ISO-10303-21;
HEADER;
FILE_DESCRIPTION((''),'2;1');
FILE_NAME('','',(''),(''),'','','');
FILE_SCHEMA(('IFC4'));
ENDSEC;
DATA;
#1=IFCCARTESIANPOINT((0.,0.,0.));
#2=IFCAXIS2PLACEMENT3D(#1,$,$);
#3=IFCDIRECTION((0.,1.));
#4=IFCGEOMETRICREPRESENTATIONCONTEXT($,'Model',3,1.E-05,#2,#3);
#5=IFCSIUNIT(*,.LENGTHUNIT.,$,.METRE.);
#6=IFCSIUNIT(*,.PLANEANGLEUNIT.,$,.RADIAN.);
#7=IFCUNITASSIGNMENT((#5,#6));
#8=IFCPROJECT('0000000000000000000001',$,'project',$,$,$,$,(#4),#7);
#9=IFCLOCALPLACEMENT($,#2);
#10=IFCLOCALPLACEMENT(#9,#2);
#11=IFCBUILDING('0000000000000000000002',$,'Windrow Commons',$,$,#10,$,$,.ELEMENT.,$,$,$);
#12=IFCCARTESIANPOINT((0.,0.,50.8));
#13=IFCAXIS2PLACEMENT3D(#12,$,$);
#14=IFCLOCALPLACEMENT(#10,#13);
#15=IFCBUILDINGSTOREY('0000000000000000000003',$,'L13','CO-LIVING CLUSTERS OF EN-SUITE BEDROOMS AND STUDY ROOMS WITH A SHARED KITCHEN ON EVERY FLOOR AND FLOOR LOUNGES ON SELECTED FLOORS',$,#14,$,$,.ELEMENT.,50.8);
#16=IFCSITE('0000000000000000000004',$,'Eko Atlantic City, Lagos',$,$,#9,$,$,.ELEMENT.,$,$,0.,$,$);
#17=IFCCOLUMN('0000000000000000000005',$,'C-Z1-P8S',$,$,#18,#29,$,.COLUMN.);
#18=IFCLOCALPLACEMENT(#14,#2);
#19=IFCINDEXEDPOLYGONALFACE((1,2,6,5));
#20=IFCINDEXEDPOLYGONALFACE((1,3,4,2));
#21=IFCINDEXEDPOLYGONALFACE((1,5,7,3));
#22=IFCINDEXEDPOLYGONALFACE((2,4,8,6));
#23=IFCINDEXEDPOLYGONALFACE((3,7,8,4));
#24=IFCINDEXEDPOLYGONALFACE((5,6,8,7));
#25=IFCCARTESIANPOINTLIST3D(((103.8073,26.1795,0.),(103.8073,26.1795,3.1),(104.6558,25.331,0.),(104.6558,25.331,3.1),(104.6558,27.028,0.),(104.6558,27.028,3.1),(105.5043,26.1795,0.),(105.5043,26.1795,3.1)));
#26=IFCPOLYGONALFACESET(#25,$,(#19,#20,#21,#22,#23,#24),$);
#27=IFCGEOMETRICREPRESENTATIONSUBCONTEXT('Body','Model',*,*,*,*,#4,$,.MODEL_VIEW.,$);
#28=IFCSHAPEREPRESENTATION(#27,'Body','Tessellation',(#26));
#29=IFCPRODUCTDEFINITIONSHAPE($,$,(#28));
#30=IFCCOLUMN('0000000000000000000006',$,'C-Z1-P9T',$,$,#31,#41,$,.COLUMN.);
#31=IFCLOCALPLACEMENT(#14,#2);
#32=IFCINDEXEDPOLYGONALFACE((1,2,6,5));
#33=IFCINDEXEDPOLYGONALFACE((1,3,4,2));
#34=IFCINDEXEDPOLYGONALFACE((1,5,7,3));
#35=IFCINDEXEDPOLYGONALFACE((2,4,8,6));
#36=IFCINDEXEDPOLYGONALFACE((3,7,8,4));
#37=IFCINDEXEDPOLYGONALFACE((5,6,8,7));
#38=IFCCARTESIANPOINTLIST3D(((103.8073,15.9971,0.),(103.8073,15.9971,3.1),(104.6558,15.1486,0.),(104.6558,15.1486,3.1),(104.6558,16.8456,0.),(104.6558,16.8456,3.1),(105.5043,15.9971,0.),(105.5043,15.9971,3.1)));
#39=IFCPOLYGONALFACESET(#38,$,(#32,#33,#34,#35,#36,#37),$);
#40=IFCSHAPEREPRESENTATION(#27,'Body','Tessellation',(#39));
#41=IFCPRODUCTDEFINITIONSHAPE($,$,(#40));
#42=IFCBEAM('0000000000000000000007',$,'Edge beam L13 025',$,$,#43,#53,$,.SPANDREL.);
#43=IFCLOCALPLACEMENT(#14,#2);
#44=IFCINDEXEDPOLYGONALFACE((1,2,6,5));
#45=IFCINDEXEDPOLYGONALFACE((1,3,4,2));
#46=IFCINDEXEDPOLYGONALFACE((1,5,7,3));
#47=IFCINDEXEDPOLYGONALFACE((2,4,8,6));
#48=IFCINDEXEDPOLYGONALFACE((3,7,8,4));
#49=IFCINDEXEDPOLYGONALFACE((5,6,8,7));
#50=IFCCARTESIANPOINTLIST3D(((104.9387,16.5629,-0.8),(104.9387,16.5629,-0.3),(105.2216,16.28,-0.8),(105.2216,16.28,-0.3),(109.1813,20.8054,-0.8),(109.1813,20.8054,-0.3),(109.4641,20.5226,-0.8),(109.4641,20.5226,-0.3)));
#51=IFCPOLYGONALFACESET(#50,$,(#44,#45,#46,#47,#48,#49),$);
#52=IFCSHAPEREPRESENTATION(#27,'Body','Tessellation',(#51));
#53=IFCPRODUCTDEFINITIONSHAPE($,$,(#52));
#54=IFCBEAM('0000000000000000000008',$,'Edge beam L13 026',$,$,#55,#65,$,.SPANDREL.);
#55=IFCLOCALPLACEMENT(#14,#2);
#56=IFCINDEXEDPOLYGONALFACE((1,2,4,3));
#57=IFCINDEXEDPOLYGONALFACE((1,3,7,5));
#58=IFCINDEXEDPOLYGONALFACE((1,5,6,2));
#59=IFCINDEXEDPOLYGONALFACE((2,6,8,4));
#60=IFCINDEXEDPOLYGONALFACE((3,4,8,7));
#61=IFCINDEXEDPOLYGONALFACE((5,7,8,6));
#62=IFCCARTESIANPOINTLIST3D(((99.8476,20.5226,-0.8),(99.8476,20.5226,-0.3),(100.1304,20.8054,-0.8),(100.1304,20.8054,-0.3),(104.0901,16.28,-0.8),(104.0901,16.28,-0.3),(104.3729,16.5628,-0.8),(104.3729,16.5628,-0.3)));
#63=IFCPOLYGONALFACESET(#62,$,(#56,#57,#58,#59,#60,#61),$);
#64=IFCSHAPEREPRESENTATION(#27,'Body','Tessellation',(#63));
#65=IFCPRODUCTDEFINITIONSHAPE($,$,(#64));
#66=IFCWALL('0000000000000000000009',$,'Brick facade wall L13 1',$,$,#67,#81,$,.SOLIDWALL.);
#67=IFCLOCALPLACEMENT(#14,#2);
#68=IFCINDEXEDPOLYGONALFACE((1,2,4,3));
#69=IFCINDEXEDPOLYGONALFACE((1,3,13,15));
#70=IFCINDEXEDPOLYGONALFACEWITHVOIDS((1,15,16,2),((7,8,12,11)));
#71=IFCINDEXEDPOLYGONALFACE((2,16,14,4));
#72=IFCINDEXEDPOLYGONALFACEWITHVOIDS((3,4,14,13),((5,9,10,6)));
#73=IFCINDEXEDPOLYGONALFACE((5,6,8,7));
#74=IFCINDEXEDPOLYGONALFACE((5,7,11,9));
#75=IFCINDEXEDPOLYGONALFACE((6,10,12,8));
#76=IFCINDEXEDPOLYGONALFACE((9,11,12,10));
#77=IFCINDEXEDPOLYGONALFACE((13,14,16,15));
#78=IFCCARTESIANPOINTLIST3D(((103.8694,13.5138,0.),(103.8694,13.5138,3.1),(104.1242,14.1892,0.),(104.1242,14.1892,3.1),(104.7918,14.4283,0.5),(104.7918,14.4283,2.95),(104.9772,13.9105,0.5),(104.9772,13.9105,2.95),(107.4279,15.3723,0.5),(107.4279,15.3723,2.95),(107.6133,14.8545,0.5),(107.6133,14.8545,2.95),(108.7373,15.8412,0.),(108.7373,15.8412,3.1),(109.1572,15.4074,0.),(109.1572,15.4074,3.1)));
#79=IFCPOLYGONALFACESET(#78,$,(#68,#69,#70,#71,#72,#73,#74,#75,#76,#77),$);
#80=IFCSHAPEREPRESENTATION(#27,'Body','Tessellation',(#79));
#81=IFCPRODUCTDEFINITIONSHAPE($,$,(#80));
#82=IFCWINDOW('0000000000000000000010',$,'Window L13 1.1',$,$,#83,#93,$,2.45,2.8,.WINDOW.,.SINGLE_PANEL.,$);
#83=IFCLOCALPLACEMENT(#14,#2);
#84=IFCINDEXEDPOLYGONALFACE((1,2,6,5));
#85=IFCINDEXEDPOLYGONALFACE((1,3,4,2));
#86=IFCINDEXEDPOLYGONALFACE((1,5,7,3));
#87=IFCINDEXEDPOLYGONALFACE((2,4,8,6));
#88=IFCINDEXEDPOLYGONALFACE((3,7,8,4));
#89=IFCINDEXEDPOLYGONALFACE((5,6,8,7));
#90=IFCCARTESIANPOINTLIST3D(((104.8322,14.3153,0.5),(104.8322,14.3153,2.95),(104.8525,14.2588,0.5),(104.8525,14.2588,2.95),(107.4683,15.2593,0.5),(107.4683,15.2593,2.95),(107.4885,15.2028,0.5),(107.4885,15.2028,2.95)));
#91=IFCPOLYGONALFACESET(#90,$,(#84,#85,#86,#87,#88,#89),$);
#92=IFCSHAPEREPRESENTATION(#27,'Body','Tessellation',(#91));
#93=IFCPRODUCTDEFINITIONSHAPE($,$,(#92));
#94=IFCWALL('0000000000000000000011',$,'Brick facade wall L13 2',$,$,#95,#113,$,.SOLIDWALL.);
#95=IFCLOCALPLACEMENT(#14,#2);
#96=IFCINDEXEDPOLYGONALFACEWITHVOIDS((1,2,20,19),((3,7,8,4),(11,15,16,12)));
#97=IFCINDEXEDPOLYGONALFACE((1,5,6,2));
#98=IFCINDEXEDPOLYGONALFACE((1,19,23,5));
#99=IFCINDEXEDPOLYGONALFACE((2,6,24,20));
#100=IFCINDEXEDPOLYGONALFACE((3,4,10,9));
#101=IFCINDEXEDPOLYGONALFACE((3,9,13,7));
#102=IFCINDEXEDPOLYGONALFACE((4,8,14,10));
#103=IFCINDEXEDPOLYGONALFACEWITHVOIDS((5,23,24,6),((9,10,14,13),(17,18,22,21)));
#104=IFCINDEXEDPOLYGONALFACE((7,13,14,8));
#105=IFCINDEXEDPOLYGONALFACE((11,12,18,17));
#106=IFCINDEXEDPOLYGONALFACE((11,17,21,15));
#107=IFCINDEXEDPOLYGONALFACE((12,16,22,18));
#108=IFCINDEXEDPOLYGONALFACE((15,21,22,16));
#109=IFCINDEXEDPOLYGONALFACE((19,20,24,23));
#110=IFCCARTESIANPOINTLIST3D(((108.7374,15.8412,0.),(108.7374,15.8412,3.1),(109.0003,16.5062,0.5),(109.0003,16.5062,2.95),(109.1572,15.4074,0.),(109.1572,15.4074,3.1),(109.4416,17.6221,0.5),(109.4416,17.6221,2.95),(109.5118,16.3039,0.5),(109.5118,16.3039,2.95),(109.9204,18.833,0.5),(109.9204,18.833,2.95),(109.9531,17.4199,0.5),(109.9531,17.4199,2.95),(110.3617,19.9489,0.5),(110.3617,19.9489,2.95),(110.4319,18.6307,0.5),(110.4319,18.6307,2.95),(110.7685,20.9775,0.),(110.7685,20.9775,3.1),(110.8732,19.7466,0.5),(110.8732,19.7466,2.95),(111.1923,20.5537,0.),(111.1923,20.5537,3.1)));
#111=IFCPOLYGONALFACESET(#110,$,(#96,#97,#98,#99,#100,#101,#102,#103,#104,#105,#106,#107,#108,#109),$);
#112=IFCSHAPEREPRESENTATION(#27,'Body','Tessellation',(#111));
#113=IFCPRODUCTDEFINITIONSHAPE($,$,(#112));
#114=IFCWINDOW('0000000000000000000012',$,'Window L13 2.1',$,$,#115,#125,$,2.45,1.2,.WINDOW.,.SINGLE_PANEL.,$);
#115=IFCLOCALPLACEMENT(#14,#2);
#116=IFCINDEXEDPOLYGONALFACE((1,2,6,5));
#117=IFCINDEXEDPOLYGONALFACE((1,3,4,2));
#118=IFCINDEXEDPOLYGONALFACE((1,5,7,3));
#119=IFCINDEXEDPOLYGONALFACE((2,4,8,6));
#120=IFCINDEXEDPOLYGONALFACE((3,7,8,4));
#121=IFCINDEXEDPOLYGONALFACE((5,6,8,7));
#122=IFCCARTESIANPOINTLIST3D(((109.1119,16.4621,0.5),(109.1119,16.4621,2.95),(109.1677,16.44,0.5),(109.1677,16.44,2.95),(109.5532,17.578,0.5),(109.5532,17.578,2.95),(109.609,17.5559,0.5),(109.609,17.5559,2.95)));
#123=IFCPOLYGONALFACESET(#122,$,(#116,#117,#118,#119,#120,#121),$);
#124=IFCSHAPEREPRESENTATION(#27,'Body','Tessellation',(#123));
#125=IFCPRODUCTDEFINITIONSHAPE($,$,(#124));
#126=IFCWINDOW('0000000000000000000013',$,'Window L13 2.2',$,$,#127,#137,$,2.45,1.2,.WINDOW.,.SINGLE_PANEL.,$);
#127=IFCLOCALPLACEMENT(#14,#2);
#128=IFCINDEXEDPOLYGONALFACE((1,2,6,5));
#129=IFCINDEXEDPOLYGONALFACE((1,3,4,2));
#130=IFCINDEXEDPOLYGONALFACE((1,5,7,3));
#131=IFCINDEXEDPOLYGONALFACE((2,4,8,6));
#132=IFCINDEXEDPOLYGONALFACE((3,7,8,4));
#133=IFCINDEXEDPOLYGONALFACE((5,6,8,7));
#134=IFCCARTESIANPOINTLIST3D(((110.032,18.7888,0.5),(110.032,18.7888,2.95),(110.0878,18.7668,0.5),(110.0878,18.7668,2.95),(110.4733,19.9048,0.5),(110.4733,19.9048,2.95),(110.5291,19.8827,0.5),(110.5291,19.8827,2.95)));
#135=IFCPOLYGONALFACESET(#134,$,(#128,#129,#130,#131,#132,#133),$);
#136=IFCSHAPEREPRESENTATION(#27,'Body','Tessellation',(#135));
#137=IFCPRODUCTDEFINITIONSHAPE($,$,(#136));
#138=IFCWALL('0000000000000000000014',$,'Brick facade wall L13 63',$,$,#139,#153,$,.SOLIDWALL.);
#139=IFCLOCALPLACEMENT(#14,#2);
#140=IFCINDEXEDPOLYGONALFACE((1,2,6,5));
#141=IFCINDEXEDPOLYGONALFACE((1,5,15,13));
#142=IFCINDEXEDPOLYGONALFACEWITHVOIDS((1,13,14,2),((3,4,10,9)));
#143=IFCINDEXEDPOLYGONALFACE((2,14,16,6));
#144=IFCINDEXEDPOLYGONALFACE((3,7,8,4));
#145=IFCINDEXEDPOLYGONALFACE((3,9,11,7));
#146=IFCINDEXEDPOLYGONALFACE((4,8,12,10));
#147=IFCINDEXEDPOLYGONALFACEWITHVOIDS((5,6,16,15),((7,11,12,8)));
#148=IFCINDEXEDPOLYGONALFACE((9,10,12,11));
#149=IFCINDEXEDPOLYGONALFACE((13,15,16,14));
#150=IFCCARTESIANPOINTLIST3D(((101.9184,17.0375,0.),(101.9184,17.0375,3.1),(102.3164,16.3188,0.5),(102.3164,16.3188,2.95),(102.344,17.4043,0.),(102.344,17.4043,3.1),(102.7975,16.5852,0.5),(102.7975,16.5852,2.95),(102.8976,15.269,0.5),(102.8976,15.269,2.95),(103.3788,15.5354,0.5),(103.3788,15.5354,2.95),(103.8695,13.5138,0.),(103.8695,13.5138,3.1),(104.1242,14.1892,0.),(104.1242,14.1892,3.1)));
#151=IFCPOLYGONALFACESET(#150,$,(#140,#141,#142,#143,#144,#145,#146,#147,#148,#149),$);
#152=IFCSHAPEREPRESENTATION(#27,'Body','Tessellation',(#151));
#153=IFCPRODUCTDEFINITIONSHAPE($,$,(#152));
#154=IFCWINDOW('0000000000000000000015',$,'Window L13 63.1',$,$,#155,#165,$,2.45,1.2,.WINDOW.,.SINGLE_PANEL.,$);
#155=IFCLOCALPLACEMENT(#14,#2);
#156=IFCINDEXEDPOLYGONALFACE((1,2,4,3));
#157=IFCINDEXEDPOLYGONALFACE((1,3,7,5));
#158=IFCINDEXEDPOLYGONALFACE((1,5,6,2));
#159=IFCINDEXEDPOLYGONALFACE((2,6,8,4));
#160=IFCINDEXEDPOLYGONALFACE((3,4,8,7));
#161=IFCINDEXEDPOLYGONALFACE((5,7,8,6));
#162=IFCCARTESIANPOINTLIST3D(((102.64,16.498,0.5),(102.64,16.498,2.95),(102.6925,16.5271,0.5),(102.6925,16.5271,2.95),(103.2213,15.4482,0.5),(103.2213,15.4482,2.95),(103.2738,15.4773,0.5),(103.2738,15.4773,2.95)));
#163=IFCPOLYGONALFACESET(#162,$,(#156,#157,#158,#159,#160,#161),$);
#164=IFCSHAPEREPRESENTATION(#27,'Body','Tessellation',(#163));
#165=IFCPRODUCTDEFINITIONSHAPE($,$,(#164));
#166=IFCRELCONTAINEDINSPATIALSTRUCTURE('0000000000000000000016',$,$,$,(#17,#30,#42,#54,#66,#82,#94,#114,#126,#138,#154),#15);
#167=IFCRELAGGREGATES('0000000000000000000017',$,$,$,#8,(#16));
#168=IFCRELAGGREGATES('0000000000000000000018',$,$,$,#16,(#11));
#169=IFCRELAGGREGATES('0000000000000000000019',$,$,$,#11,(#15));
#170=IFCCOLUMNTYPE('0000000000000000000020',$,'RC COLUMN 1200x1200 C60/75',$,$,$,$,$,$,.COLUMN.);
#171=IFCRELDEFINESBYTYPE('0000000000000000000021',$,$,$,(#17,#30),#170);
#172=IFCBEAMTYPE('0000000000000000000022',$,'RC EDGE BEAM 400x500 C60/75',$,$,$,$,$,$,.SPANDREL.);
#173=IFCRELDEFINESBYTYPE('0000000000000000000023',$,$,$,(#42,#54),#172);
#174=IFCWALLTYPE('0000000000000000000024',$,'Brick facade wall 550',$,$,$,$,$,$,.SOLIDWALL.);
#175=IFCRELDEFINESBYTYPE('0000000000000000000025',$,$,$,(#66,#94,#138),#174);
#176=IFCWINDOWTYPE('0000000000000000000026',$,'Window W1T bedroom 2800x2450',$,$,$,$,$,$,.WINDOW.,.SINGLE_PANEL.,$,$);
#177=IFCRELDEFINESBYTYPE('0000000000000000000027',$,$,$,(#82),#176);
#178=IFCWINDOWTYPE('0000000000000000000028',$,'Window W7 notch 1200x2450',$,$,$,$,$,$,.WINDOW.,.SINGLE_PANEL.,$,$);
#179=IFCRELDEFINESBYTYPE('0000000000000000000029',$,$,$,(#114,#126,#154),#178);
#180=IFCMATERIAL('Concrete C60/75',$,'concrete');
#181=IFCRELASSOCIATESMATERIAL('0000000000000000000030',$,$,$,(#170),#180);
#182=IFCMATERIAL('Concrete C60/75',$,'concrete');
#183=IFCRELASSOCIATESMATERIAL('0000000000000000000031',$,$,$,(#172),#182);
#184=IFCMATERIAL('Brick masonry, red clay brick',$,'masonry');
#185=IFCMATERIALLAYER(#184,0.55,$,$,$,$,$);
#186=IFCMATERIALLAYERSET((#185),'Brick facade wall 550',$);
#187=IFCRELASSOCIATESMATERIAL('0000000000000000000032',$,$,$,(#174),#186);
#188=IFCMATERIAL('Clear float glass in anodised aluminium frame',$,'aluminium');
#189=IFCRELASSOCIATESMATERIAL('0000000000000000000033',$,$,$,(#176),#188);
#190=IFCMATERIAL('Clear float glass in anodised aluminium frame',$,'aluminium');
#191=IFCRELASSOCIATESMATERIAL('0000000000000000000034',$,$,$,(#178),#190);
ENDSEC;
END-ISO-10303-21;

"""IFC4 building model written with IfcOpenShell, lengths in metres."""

from ifc_helpers import new_model, si_unit, direction, frame, frame_2d, origin, origin_2d, place, context, subcontext, project, spatial, polyline, rectangle, outline, extrude, material, layer, layer_set, material_profile, profile_set, type_object, element, fill, save


model = new_model("IFC4")

# Units and contexts
model_context = context("Model", 3, precision=1e-05, world=origin(), true_north=direction((0.0, 1.0)))
body_context = subcontext(model_context, "Body", "Model", "MODEL_VIEW")
ifc_project = project(units=[si_unit("LENGTHUNIT", "METRE"), si_unit("PLANEANGLEUNIT", "RADIAN")], contexts=[model_context])

# Site, building, storey
site_placement = place(None, origin())
site = spatial("IfcSite", under=ifc_project, at=site_placement, Name="Eko Atlantic City, Lagos", CompositionType="ELEMENT", RefElevation=0.0)
building_placement = place(site_placement, origin())
building = spatial("IfcBuilding", under=site, at=building_placement, Name="Windrow Commons", CompositionType="ELEMENT")
storey_placement = place(building_placement, frame((0.0, 0.0, 50.8)))
storey = spatial("IfcBuildingStorey", under=building, at=storey_placement, Name="L13", Description="CO-LIVING CLUSTERS OF EN-SUITE BEDROOMS AND STUDY ROOMS WITH A SHARED KITCHEN ON EVERY FLOOR AND FLOOR LOUNGES ON SELECTED FLOORS", CompositionType="ELEMENT", Elevation=50.8)

# Columns
ifc_material_1 = material(Name="Concrete C60/75", Category="concrete")
ifc_material_profile_1 = material_profile(ifc_material_1, rectangle(XDim=1.2, YDim=1.2, at=origin_2d()))
ifc_profile_set_1 = profile_set([ifc_material_profile_1], Name="Concrete C60/75")
column_type = type_object("IfcColumnType", Name="RC COLUMN 1200x1200 C60/75", PredefinedType="COLUMN", material=ifc_profile_set_1)
for number, where, z_axis, x_axis, name in (
    (1, (104.6558, 26.1795, 0.0), (0.0, 0.0, 1.0), (0.707107, -0.707107, 0.0), "C-Z1-P8S"),
    (2, (104.6558, 15.9971, 0.0), (0.0, 0.0, 1.0), (0.707107, -0.707107, 0.0), "C-Z1-P9T"),
):
    element("IfcColumn", number, at=place(storey_placement, frame(where, z_axis=z_axis, x_axis=x_axis)), inside=storey, type_object=column_type, Name=name, PredefinedType="COLUMN", context=body_context, shape_type="SweptSolid", body=[
        extrude(rectangle(XDim=1.2, YDim=1.2, at=origin_2d()), origin(), (0.0, 0.0, 1.0), 3.1),
    ])

# Beams
ifc_material_2 = material(Name="Concrete C60/75", Category="concrete")
ifc_material_profile_2 = material_profile(ifc_material_2, rectangle(XDim=0.4, YDim=0.5, at=origin_2d()))
ifc_profile_set_2 = profile_set([ifc_material_profile_2], Name="Concrete C60/75")
beam_type = type_object("IfcBeamType", Name="RC EDGE BEAM 400x500 C60/75", PredefinedType="SPANDREL", material=ifc_profile_set_2)
for number, where, z_axis, x_axis, name in (
    (3, (109.3227, 20.664, -0.55), (-0.707107, -0.707107, 0.0), (0.707107, -0.707107, 0.0), "Edge beam L13 025"),
    (4, (104.2315, 16.4214, -0.55), (-0.707098, 0.707115, 0.0), (-0.707115, -0.707098, 0.0), "Edge beam L13 026"),
):
    element("IfcBeam", number, at=place(storey_placement, frame(where, z_axis=z_axis, x_axis=x_axis)), inside=storey, type_object=beam_type, Name=name, PredefinedType="SPANDREL", context=body_context, shape_type="SweptSolid", body=[
        extrude(rectangle(XDim=0.4, YDim=0.5, at=origin_2d()), origin(), (0.0, 0.0, 1.0), 5.9999),
    ])

# Wall, opening, window
ifc_material_3 = material(Name="Brick masonry, red clay brick", Category="masonry")
ifc_layer_1 = layer(ifc_material_3, 0.55)
ifc_layer_set_1 = layer_set([ifc_layer_1], Name="Brick facade wall 550")
wall_type_1 = type_object("IfcWallType", Name="Brick facade wall 550", PredefinedType="SOLIDWALL", material=ifc_layer_set_1)
wall_1_placement = place(storey_placement, frame((103.9968, 13.8515, 0.0), z_axis=(0.0, 0.0, 1.0), x_axis=(0.941455, 0.33714, 0.0)))
wall_1 = element("IfcWall", 5, at=wall_1_placement, inside=storey, type_object=wall_type_1, Name="Brick facade wall L13 1", PredefinedType="SOLIDWALL", context=body_context, shape_type="SweptSolid", body=[
    extrude(outline(polyline([(-0.2338, -0.275), (5.3828, -0.275), (5.1338, 0.275), (0.2338, 0.275), (-0.2338, -0.275)])), origin(), (0.0, 0.0, 1.0), 3.1),
])
opening_1_placement = place(wall_1_placement, frame((0.9429, 0.0, 0.5)))
opening_1 = element("IfcOpeningElement", 6, at=opening_1_placement, cuts=wall_1, PredefinedType="OPENING", context=body_context, shape_type="SweptSolid", body=[
    extrude(rectangle(XDim=2.8, YDim=2.45, at=frame_2d((1.4, 1.225))), frame((0.0, 0.285, 0.0), z_axis=(0.0, -1.0, 0.0), x_axis=(1.0, 0.0, 0.0)), (0.0, 0.0, 1.0), 0.57),
])
ifc_material_4 = material(Name="Clear float glass in anodised aluminium frame", Category="aluminium")
window_type_1 = type_object("IfcWindowType", Name="Window W1T bedroom 2800x2450", PartitioningType="SINGLE_PANEL", PredefinedType="WINDOW", material=ifc_material_4)
window_1_placement = place(opening_1_placement, origin())
window_1 = element("IfcWindow", 7, at=window_1_placement, inside=storey, type_object=window_type_1, Name="Window L13 1.1", OverallHeight=2.45, OverallWidth=2.8, PartitioningType="SINGLE_PANEL", PredefinedType="WINDOW", context=body_context, shape_type="SweptSolid", body=[
    extrude(rectangle(XDim=2.8, YDim=2.45, at=frame_2d((1.4, 1.225))), frame((0.0, 0.155, 0.0), z_axis=(0.0, -1.0, 0.0), x_axis=(1.0, 0.0, 0.0)), (0.0, 0.0, 1.0), 0.06),
])
fill(opening_1, window_1)

# Wall, openings, windows
wall_2_placement = place(storey_placement, frame((108.9473, 15.6243, 0.0), z_axis=(0.0, 0.0, 1.0), x_axis=(0.367736, 0.92993, 0.0)))
wall_2 = element("IfcWall", 8, at=wall_2_placement, inside=storey, type_object=wall_type_1, Name="Brick facade wall L13 2", PredefinedType="SOLIDWALL", context=body_context, shape_type="SweptSolid", body=[
    extrude(outline(polyline([(-0.1245, -0.275), (5.4096, -0.275), (5.6478, 0.275), (0.1245, 0.275), (-0.1245, -0.275)])), origin(), (0.0, 0.0, 1.0), 3.1),
])
opening_2_placement = place(wall_2_placement, frame((0.8396, 0.0, 0.5)))
opening_2 = element("IfcOpeningElement", 9, at=opening_2_placement, cuts=wall_2, PredefinedType="OPENING", context=body_context, shape_type="SweptSolid", body=[
    extrude(rectangle(XDim=1.2, YDim=2.45, at=frame_2d((0.6, 1.225))), frame((0.0, 0.285, 0.0), z_axis=(0.0, -1.0, 0.0), x_axis=(1.0, 0.0, 0.0)), (0.0, 0.0, 1.0), 0.57),
])
opening_3_placement = place(wall_2_placement, frame((3.3417, 0.0, 0.5)))
opening_3 = element("IfcOpeningElement", 10, at=opening_3_placement, cuts=wall_2, PredefinedType="OPENING", context=body_context, shape_type="SweptSolid", body=[
    extrude(rectangle(XDim=1.2, YDim=2.45, at=frame_2d((0.6, 1.225))), frame((0.0, 0.285, 0.0), z_axis=(0.0, -1.0, 0.0), x_axis=(1.0, 0.0, 0.0)), (0.0, 0.0, 1.0), 0.57),
])
ifc_material_5 = material(Name="Clear float glass in anodised aluminium frame", Category="aluminium")
window_type_2 = type_object("IfcWindowType", Name="Window W7 notch 1200x2450", PartitioningType="SINGLE_PANEL", PredefinedType="WINDOW", material=ifc_material_5)
window_2_placement = place(opening_2_placement, origin())
window_2 = element("IfcWindow", 11, at=window_2_placement, inside=storey, type_object=window_type_2, Name="Window L13 2.1", OverallHeight=2.45, OverallWidth=1.2, PartitioningType="SINGLE_PANEL", PredefinedType="WINDOW", context=body_context, shape_type="SweptSolid", body=[
    extrude(rectangle(XDim=1.2, YDim=2.45, at=frame_2d((0.6, 1.225))), frame((0.0, 0.155, 0.0), z_axis=(0.0, -1.0, 0.0), x_axis=(1.0, 0.0, 0.0)), (0.0, 0.0, 1.0), 0.06),
])
fill(opening_2, window_2)
window_3_placement = place(opening_3_placement, origin())
window_3 = element("IfcWindow", 12, at=window_3_placement, inside=storey, type_object=window_type_2, Name="Window L13 2.2", OverallHeight=2.45, OverallWidth=1.2, PartitioningType="SINGLE_PANEL", PredefinedType="WINDOW", context=body_context, shape_type="SweptSolid", body=[
    extrude(rectangle(XDim=1.2, YDim=2.45, at=frame_2d((0.6, 1.225))), frame((0.0, 0.155, 0.0), z_axis=(0.0, -1.0, 0.0), x_axis=(1.0, 0.0, 0.0)), (0.0, 0.0, 1.0), 0.06),
])
fill(opening_3, window_3)

# Wall, opening, window
wall_3_placement = place(storey_placement, frame((102.1312, 17.2209, 0.0), z_axis=(0.0, 0.0, 1.0), x_axis=(0.484395, -0.87485, 0.0)))
wall_3 = element("IfcWall", 13, at=wall_3_placement, inside=storey, type_object=wall_type_1, Name="Brick facade wall L13 63", PredefinedType="SOLIDWALL", context=body_context, shape_type="SweptSolid", body=[
    extrude(outline(polyline([(0.0574, -0.275), (4.0852, -0.275), (3.6177, 0.275), (-0.0574, 0.275), (0.0574, -0.275)])), origin(), (0.0, 0.0, 1.0), 3.1),
])
opening_4_placement = place(wall_3_placement, frame((0.8789, 0.0, 0.5)))
opening_4 = element("IfcOpeningElement", 14, at=opening_4_placement, cuts=wall_3, PredefinedType="OPENING", context=body_context, shape_type="SweptSolid", body=[
    extrude(rectangle(XDim=1.2, YDim=2.45, at=frame_2d((0.6, 1.225))), frame((0.0, 0.285, 0.0), z_axis=(0.0, -1.0, 0.0), x_axis=(1.0, 0.0, 0.0)), (0.0, 0.0, 1.0), 0.57),
])
window_4_placement = place(opening_4_placement, origin())
window_4 = element("IfcWindow", 15, at=window_4_placement, inside=storey, type_object=window_type_2, Name="Window L13 63.1", OverallHeight=2.45, OverallWidth=1.2, PartitioningType="SINGLE_PANEL", PredefinedType="WINDOW", context=body_context, shape_type="SweptSolid", body=[
    extrude(rectangle(XDim=1.2, YDim=2.45, at=frame_2d((0.6, 1.225))), frame((0.0, 0.155, 0.0), z_axis=(0.0, -1.0, 0.0), x_axis=(1.0, 0.0, 0.0)), (0.0, 0.0, 1.0), 0.06),
])
fill(opening_4, window_4)

save(model, "model.ifc")
